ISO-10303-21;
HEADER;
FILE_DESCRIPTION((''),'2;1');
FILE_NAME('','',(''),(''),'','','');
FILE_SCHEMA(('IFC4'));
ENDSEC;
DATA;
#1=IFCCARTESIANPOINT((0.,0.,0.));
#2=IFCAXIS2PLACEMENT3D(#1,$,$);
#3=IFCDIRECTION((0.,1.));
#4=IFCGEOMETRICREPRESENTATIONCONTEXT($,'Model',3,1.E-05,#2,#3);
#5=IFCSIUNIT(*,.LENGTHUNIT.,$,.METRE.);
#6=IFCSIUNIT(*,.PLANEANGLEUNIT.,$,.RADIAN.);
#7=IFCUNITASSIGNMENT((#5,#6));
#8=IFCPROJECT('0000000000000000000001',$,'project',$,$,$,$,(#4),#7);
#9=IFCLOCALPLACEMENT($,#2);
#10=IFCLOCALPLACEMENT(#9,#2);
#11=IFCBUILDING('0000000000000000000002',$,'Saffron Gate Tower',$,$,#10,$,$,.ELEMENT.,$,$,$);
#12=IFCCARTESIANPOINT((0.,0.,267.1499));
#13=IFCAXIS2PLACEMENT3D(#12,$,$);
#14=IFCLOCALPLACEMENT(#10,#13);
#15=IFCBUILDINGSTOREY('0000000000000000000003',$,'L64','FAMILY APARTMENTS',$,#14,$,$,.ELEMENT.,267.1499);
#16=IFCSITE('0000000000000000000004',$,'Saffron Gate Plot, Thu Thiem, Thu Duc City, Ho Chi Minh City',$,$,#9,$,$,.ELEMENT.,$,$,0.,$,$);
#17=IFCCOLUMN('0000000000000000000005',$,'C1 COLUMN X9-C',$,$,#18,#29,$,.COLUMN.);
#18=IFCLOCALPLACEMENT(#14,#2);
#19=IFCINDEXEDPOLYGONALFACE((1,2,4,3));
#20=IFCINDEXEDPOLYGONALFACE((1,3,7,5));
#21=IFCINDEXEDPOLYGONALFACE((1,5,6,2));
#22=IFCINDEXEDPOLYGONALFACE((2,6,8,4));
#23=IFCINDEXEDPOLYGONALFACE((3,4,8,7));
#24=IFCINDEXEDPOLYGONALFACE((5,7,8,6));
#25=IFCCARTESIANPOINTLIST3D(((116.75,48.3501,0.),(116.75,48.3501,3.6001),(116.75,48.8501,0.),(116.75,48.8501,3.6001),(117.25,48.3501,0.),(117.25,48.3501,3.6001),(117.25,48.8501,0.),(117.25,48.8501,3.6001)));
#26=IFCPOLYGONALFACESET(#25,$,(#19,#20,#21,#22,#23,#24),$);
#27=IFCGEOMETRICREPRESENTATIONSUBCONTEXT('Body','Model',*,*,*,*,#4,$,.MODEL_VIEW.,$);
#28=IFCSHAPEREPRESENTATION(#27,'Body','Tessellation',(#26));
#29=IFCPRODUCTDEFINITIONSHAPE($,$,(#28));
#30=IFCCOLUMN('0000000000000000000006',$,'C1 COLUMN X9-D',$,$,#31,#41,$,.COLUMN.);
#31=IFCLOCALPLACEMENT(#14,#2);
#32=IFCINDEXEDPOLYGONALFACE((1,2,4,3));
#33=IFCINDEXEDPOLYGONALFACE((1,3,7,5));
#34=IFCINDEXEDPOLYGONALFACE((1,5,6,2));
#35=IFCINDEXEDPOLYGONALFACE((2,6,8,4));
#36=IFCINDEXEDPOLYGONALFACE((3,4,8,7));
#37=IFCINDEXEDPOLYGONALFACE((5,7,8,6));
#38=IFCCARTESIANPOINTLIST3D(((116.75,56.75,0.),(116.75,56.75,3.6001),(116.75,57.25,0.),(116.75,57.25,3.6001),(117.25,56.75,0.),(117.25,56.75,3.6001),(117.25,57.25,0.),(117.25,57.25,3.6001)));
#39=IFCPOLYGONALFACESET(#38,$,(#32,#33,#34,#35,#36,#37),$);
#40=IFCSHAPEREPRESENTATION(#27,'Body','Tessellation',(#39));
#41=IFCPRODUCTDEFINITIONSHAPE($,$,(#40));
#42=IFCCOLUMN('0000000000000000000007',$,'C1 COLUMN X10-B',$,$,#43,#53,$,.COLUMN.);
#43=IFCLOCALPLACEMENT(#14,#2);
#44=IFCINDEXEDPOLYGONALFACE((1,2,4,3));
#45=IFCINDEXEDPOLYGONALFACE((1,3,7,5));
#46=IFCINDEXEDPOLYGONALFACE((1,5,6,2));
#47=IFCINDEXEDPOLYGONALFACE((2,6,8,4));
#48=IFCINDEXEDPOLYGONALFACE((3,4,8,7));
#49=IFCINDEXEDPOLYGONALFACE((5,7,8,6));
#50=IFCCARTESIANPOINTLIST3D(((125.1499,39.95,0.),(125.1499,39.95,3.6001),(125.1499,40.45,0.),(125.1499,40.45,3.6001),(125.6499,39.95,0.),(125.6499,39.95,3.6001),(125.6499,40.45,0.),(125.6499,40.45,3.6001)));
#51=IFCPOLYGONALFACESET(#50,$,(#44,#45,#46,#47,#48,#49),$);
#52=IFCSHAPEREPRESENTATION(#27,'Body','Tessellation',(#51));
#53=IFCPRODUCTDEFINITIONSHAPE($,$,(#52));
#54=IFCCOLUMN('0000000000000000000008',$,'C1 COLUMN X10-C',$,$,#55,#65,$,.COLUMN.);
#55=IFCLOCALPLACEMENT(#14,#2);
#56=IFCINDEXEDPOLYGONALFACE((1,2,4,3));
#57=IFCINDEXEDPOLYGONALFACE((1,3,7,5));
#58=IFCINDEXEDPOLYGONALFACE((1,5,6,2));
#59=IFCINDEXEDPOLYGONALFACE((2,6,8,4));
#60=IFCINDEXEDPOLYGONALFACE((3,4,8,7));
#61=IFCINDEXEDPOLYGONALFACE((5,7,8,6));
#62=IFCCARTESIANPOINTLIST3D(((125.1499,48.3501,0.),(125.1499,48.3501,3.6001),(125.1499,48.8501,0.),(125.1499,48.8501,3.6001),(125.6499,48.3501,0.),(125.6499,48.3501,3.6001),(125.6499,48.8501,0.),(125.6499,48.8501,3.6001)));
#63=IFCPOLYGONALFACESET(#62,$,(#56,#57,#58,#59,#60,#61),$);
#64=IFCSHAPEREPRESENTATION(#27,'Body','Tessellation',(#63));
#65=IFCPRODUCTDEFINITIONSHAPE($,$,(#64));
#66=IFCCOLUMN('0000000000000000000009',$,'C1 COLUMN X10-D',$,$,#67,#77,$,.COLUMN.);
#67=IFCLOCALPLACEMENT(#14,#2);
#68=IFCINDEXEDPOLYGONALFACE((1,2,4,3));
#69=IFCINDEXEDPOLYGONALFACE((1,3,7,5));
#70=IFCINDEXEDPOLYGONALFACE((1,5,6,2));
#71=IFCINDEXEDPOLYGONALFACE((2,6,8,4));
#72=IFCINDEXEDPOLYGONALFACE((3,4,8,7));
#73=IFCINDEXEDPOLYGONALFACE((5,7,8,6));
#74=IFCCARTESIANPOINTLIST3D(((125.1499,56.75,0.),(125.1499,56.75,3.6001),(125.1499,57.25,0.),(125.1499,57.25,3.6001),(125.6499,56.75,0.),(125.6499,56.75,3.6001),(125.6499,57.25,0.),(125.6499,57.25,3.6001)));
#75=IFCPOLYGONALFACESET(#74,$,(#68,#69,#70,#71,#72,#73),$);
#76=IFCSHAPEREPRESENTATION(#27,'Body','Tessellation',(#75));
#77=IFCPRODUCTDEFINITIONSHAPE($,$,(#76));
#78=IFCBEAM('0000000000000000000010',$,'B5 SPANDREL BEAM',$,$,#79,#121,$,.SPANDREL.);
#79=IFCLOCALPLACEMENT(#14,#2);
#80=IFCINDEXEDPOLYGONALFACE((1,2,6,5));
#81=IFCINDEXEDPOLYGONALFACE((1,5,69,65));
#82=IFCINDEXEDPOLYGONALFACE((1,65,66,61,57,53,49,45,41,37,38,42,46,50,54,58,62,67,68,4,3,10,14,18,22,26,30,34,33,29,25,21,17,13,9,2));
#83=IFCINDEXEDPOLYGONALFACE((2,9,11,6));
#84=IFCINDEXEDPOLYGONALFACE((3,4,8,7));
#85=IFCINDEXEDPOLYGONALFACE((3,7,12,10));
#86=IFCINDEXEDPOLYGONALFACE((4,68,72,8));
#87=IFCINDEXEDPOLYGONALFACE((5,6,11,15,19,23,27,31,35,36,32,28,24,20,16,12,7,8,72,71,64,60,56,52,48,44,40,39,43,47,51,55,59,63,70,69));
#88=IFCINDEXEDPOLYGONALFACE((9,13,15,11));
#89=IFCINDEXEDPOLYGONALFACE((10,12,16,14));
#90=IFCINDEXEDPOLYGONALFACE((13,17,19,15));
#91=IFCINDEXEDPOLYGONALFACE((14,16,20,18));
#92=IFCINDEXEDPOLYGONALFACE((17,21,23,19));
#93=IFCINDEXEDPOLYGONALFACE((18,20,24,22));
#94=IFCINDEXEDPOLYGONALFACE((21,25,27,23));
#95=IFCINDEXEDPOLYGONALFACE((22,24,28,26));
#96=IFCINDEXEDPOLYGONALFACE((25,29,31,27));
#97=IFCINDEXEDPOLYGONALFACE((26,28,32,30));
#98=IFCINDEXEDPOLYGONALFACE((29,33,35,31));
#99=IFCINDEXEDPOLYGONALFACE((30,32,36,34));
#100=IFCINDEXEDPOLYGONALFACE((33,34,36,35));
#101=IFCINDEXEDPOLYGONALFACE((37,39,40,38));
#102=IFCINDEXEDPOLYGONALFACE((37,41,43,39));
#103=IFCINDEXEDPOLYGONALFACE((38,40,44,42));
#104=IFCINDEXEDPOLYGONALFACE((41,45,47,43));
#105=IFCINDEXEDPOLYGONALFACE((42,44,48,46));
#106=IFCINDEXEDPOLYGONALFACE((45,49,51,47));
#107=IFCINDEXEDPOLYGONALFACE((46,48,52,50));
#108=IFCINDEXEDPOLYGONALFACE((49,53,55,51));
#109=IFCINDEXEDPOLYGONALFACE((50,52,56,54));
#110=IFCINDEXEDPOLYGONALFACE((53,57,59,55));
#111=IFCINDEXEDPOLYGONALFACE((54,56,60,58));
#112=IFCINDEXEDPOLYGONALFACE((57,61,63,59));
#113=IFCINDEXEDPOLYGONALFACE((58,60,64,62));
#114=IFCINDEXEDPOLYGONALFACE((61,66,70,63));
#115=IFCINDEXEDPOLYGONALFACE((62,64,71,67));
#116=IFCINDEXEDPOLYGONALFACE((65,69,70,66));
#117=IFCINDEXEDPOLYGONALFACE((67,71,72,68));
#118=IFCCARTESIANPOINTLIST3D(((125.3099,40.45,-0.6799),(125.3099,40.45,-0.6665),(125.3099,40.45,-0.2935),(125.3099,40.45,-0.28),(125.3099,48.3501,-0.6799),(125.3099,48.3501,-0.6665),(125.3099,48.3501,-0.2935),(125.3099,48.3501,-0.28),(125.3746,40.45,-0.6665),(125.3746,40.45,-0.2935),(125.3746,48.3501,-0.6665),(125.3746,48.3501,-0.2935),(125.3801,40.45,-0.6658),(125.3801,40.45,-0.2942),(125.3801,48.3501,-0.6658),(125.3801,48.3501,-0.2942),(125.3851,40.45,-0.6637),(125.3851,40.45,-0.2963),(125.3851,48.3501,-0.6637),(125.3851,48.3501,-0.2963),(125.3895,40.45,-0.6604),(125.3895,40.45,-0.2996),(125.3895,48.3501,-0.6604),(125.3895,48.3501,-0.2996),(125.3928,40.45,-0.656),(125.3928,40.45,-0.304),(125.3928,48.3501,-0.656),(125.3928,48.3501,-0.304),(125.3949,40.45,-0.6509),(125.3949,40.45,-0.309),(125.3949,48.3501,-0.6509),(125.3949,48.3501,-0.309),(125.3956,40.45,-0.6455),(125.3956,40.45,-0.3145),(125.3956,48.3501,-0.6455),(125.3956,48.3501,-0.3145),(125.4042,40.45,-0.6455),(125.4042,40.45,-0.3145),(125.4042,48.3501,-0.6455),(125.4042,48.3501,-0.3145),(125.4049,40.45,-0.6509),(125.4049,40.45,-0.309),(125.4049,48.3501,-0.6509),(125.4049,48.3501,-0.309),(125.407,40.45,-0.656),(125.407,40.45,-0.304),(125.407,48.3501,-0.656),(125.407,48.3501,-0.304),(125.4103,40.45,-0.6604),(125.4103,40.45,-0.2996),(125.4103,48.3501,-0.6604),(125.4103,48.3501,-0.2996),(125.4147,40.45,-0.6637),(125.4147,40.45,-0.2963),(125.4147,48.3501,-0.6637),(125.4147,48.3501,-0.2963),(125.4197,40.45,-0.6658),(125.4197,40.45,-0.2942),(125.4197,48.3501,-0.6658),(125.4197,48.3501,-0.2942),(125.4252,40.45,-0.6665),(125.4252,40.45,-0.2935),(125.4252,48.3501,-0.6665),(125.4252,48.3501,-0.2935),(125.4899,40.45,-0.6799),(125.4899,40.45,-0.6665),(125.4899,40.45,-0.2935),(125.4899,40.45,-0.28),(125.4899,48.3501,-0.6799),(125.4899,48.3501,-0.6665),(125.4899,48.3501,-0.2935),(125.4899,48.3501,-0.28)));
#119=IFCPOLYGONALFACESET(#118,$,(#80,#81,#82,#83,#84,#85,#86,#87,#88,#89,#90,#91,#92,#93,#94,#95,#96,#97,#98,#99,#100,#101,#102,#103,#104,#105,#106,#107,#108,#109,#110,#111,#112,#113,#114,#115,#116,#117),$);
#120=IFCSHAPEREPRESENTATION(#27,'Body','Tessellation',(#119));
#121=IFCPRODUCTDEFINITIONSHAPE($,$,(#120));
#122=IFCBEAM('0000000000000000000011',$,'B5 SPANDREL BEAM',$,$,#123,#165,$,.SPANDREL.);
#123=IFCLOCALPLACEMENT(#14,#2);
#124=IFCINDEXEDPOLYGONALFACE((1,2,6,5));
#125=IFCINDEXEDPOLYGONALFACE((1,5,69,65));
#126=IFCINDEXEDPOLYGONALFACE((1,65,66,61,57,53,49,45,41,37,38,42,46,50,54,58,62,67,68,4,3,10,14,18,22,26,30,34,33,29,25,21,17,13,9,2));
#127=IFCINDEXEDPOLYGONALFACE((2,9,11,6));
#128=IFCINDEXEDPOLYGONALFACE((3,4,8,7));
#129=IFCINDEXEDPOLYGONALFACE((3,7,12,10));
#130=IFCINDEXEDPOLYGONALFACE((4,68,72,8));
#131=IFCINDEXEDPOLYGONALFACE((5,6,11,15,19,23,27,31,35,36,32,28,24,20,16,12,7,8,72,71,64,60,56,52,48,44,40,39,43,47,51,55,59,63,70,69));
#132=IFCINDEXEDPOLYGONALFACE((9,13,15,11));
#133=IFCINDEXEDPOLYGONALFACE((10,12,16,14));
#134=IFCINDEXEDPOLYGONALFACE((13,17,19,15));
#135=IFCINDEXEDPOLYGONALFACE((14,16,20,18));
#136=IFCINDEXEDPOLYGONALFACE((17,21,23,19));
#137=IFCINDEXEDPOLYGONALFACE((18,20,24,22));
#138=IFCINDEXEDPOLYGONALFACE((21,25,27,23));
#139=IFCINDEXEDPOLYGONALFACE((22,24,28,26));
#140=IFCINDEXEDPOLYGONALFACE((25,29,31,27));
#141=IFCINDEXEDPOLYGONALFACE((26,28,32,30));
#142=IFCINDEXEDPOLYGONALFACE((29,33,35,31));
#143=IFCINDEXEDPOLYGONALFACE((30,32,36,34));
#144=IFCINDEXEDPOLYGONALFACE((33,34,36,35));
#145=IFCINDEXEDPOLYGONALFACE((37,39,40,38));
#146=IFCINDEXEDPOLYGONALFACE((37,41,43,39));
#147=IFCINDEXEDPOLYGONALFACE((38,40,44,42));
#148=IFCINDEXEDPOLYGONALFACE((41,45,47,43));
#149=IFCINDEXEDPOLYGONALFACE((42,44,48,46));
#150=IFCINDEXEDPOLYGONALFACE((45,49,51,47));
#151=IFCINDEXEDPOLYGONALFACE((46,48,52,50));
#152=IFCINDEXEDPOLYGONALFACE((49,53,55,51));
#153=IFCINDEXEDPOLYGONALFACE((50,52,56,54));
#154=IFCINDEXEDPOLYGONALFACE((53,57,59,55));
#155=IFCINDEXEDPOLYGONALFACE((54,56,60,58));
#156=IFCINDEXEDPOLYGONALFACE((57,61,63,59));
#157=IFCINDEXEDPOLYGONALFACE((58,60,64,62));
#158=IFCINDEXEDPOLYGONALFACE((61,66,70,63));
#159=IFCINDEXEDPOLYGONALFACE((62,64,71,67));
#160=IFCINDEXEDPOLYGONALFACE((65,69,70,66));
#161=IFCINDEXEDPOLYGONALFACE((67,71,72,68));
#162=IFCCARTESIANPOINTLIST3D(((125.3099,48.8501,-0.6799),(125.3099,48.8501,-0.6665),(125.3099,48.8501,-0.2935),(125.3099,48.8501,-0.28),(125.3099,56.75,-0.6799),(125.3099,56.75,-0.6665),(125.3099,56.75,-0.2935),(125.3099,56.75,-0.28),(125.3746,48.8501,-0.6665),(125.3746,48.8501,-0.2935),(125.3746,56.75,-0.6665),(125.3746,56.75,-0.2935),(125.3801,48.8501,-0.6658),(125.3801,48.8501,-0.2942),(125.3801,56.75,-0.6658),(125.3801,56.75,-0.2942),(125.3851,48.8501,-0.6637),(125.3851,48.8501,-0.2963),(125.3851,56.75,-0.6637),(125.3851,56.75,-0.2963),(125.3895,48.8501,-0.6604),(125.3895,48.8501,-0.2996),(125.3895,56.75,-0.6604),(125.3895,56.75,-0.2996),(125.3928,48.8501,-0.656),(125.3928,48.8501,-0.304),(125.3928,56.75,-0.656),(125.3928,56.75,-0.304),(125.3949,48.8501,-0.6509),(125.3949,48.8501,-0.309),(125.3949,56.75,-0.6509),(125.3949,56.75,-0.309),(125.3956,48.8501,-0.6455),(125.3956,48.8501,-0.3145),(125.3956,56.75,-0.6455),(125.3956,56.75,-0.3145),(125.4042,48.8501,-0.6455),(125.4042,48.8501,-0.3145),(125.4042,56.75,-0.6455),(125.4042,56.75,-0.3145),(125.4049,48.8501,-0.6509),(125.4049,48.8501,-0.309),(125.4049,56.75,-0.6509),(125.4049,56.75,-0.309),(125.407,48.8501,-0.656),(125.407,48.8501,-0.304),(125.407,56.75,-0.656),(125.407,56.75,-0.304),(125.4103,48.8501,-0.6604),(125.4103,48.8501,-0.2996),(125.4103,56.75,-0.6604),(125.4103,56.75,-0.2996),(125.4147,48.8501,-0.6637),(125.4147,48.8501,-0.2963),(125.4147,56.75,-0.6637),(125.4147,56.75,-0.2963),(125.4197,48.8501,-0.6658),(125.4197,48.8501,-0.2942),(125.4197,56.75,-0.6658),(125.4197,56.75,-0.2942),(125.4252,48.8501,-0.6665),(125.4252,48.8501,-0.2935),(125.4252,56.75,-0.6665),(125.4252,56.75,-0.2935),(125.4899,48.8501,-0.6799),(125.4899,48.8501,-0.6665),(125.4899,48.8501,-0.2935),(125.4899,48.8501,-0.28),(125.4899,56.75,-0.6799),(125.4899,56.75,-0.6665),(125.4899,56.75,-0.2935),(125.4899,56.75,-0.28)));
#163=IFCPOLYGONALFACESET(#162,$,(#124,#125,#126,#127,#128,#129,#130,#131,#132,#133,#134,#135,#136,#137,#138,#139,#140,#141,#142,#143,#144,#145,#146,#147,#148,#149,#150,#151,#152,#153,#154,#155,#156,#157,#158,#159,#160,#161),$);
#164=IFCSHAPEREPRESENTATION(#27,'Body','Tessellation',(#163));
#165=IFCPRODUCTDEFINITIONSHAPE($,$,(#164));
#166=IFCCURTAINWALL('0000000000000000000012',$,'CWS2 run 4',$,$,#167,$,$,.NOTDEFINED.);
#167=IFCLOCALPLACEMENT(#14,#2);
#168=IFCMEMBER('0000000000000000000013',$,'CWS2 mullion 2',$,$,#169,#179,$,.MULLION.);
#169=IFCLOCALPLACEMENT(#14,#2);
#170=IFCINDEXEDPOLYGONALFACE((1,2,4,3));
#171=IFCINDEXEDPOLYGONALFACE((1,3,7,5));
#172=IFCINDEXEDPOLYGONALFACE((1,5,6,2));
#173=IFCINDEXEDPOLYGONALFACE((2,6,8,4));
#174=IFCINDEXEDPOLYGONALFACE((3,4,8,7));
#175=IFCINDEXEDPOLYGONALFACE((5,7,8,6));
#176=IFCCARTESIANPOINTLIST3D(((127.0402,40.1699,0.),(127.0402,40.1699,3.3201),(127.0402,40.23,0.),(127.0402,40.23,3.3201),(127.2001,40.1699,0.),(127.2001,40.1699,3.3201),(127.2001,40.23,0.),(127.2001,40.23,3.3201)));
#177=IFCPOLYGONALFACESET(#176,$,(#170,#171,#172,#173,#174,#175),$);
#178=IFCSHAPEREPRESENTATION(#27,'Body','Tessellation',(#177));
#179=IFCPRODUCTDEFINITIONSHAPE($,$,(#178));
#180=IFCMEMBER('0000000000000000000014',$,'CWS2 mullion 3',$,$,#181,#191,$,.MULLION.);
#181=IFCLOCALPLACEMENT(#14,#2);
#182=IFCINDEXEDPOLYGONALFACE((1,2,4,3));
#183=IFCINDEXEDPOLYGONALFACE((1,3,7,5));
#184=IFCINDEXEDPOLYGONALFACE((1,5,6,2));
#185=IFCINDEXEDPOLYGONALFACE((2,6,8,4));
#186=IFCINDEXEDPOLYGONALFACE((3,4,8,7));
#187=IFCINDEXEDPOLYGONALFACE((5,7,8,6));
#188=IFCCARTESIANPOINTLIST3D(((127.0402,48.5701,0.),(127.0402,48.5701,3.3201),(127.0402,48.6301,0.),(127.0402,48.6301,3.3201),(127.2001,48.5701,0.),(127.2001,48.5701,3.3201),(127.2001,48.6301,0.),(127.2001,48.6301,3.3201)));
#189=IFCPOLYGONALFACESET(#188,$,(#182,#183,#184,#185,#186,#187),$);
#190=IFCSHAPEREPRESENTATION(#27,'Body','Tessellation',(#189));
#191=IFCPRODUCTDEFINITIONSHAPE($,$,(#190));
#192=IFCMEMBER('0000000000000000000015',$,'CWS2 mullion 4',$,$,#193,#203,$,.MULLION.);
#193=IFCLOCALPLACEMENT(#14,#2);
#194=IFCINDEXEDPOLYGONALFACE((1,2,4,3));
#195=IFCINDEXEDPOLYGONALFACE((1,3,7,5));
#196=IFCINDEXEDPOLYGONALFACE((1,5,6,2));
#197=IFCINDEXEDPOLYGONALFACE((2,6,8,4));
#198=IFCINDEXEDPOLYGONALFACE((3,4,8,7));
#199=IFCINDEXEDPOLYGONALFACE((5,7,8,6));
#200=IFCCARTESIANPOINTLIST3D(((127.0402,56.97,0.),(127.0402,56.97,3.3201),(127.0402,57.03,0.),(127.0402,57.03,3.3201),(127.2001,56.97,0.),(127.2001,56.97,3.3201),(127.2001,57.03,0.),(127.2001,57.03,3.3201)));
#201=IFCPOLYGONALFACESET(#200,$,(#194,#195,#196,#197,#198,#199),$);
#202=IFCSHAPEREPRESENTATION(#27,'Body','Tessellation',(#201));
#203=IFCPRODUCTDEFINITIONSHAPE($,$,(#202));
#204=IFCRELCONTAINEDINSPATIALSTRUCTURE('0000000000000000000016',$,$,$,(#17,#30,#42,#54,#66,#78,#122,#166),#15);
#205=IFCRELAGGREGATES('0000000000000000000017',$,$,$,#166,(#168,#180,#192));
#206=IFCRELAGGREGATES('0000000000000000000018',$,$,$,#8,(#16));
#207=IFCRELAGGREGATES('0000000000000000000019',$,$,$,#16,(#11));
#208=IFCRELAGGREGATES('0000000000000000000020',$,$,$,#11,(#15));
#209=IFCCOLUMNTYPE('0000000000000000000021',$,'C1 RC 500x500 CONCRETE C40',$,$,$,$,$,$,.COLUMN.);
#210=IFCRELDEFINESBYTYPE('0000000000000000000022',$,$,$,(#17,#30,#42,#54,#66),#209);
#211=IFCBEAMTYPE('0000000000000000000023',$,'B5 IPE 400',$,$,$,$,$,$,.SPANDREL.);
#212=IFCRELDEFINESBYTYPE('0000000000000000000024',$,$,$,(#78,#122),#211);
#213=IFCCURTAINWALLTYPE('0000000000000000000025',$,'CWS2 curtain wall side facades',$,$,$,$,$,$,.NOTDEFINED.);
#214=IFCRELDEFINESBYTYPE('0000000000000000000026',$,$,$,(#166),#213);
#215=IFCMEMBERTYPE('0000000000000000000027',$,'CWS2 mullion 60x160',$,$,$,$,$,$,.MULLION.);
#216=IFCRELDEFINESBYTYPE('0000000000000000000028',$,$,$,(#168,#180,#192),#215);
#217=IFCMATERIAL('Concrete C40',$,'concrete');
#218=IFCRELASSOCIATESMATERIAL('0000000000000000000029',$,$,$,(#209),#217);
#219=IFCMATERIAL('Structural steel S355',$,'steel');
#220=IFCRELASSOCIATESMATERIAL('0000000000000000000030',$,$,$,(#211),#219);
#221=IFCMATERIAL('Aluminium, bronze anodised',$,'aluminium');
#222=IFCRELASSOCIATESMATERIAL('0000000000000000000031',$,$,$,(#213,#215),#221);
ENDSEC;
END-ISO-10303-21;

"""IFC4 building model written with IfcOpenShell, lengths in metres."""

from ifc_helpers import new_model, si_unit, direction, frame, origin, origin_2d, place, context, subcontext, project, spatial, rectangle, i_section, extrude, material, material_profile, profile_set, type_object, element, aggregate, save


model = new_model("IFC4")

# Units and contexts
model_context = context("Model", 3, precision=1e-05, world=origin(), true_north=direction((0.0, 1.0)))
body_context = subcontext(model_context, "Body", "Model", "MODEL_VIEW")
ifc_project = project(units=[si_unit("LENGTHUNIT", "METRE"), si_unit("PLANEANGLEUNIT", "RADIAN")], contexts=[model_context])

# Site, building, storey
site_placement = place(None, origin())
site = spatial("IfcSite", under=ifc_project, at=site_placement, Name="Saffron Gate Plot, Thu Thiem, Thu Duc City, Ho Chi Minh City", CompositionType="ELEMENT", RefElevation=0.0)
building_placement = place(site_placement, origin())
building = spatial("IfcBuilding", under=site, at=building_placement, Name="Saffron Gate Tower", CompositionType="ELEMENT")
storey_placement = place(building_placement, frame((0.0, 0.0, 267.1499)))
storey = spatial("IfcBuildingStorey", under=building, at=storey_placement, Name="L64", Description="FAMILY APARTMENTS", CompositionType="ELEMENT", Elevation=267.1499)

# Columns
ifc_material_1 = material(Name="Concrete C40", Category="concrete")
ifc_material_profile_1 = material_profile(ifc_material_1, rectangle(XDim=0.5, YDim=0.5, at=origin_2d()))
ifc_profile_set_1 = profile_set([ifc_material_profile_1], Name="Concrete C40")
column_type = type_object("IfcColumnType", Name="C1 RC 500x500 CONCRETE C40", PredefinedType="COLUMN", material=ifc_profile_set_1)
for number, where, z_axis, x_axis, name in (
    (1, (117.0, 48.6001, 0.0), (0.0, 0.0, 1.0), (1.0, 0.0, 0.0), "C1 COLUMN X9-C"),
    (2, (117.0, 57.0, 0.0), (0.0, 0.0, 1.0), (1.0, 0.0, 0.0), "C1 COLUMN X9-D"),
    (3, (125.3999, 40.2, 0.0), (0.0, 0.0, 1.0), (1.0, 0.0, 0.0), "C1 COLUMN X10-B"),
    (4, (125.3999, 48.6001, 0.0), (0.0, 0.0, 1.0), (1.0, 0.0, 0.0), "C1 COLUMN X10-C"),
    (5, (125.3999, 57.0, 0.0), (0.0, 0.0, 1.0), (1.0, 0.0, 0.0), "C1 COLUMN X10-D"),
):
    element("IfcColumn", number, at=place(storey_placement, frame(where, z_axis=z_axis, x_axis=x_axis)), inside=storey, type_object=column_type, Name=name, PredefinedType="COLUMN", context=body_context, shape_type="SweptSolid", body=[
        extrude(rectangle(XDim=0.5, YDim=0.5, at=origin_2d()), origin(), (0.0, 0.0, 1.0), 3.6001),
    ])

# Beams
ifc_material_2 = material(Name="Structural steel S355", Category="steel")
ifc_material_profile_2 = material_profile(ifc_material_2, i_section(OverallWidth=0.1799, OverallDepth=0.3999, WebThickness=0.0085, FlangeThickness=0.0134, FilletRadius=0.021, at=origin_2d()))
ifc_profile_set_2 = profile_set([ifc_material_profile_2], Name="Structural steel S355")
beam_type = type_object("IfcBeamType", Name="B5 IPE 400", PredefinedType="SPANDREL", material=ifc_profile_set_2)
beam_1_placement = place(storey_placement, frame((125.3999, 40.45, -0.48), z_axis=(0.0, 1.0, 0.0), x_axis=(-1.0, 0.0, 0.0)))
element("IfcBeam", 6, at=beam_1_placement, inside=storey, type_object=beam_type, Name="B5 SPANDREL BEAM", PredefinedType="SPANDREL", context=body_context, shape_type="SweptSolid", body=[
    extrude(i_section(OverallWidth=0.1799, OverallDepth=0.3999, WebThickness=0.0085, FlangeThickness=0.0134, FilletRadius=0.021, at=origin_2d()), origin(), (0.0, 0.0, 1.0), 7.9001),
])
beam_2_placement = place(storey_placement, frame((125.3999, 48.8501, -0.48), z_axis=(0.0, 1.0, 0.0), x_axis=(-1.0, 0.0, 0.0)))
element("IfcBeam", 7, at=beam_2_placement, inside=storey, type_object=beam_type, Name="B5 SPANDREL BEAM", PredefinedType="SPANDREL", context=body_context, shape_type="SweptSolid", body=[
    extrude(i_section(OverallWidth=0.1799, OverallDepth=0.3999, WebThickness=0.0085, FlangeThickness=0.0134, FilletRadius=0.021, at=origin_2d()), origin(), (0.0, 0.0, 1.0), 7.8999),
])

# Curtain wall, members
ifc_material_3 = material(Name="Aluminium, bronze anodised", Category="aluminium")
curtain_wall_type = type_object("IfcCurtainWallType", Name="CWS2 curtain wall side facades", PredefinedType="NOTDEFINED", material=ifc_material_3)
curtain_wall_placement = place(storey_placement, origin())
curtain_wall = element("IfcCurtainWall", 8, at=curtain_wall_placement, inside=storey, type_object=curtain_wall_type, Name="CWS2 run 4", PredefinedType="NOTDEFINED")
ifc_material_profile_3 = material_profile(ifc_material_3, rectangle(XDim=0.1599, YDim=0.0601, at=origin_2d()))
ifc_profile_set_3 = profile_set([ifc_material_profile_3], Name="Aluminium, bronze anodised")
member_type = type_object("IfcMemberType", Name="CWS2 mullion 60x160", PredefinedType="MULLION", material=ifc_profile_set_3)
member_1_placement = place(storey_placement, frame((127.1201, 40.2, 0.0), z_axis=(0.0, 0.0, 1.0), x_axis=(-1.0, 0.0, 0.0)))
member_1 = element("IfcMember", 9, at=member_1_placement, type_object=member_type, Name="CWS2 mullion 2", PredefinedType="MULLION", context=body_context, shape_type="SweptSolid", body=[
    extrude(rectangle(XDim=0.1599, YDim=0.0601, at=origin_2d()), origin(), (0.0, 0.0, 1.0), 3.3201),
])
member_2_placement = place(storey_placement, frame((127.1201, 48.6001, 0.0), z_axis=(0.0, 0.0, 1.0), x_axis=(-1.0, 0.0, 0.0)))
member_2 = element("IfcMember", 10, at=member_2_placement, type_object=member_type, Name="CWS2 mullion 3", PredefinedType="MULLION", context=body_context, shape_type="SweptSolid", body=[
    extrude(rectangle(XDim=0.1599, YDim=0.0601, at=origin_2d()), origin(), (0.0, 0.0, 1.0), 3.3201),
])
member_3_placement = place(storey_placement, frame((127.1201, 57.0, 0.0), z_axis=(0.0, 0.0, 1.0), x_axis=(-1.0, 0.0, 0.0)))
member_3 = element("IfcMember", 11, at=member_3_placement, type_object=member_type, Name="CWS2 mullion 4", PredefinedType="MULLION", context=body_context, shape_type="SweptSolid", body=[
    extrude(rectangle(XDim=0.1599, YDim=0.0601, at=origin_2d()), origin(), (0.0, 0.0, 1.0), 3.3201),
])
aggregate(curtain_wall, [member_1, member_2, member_3])

save(model, "model.ifc")
